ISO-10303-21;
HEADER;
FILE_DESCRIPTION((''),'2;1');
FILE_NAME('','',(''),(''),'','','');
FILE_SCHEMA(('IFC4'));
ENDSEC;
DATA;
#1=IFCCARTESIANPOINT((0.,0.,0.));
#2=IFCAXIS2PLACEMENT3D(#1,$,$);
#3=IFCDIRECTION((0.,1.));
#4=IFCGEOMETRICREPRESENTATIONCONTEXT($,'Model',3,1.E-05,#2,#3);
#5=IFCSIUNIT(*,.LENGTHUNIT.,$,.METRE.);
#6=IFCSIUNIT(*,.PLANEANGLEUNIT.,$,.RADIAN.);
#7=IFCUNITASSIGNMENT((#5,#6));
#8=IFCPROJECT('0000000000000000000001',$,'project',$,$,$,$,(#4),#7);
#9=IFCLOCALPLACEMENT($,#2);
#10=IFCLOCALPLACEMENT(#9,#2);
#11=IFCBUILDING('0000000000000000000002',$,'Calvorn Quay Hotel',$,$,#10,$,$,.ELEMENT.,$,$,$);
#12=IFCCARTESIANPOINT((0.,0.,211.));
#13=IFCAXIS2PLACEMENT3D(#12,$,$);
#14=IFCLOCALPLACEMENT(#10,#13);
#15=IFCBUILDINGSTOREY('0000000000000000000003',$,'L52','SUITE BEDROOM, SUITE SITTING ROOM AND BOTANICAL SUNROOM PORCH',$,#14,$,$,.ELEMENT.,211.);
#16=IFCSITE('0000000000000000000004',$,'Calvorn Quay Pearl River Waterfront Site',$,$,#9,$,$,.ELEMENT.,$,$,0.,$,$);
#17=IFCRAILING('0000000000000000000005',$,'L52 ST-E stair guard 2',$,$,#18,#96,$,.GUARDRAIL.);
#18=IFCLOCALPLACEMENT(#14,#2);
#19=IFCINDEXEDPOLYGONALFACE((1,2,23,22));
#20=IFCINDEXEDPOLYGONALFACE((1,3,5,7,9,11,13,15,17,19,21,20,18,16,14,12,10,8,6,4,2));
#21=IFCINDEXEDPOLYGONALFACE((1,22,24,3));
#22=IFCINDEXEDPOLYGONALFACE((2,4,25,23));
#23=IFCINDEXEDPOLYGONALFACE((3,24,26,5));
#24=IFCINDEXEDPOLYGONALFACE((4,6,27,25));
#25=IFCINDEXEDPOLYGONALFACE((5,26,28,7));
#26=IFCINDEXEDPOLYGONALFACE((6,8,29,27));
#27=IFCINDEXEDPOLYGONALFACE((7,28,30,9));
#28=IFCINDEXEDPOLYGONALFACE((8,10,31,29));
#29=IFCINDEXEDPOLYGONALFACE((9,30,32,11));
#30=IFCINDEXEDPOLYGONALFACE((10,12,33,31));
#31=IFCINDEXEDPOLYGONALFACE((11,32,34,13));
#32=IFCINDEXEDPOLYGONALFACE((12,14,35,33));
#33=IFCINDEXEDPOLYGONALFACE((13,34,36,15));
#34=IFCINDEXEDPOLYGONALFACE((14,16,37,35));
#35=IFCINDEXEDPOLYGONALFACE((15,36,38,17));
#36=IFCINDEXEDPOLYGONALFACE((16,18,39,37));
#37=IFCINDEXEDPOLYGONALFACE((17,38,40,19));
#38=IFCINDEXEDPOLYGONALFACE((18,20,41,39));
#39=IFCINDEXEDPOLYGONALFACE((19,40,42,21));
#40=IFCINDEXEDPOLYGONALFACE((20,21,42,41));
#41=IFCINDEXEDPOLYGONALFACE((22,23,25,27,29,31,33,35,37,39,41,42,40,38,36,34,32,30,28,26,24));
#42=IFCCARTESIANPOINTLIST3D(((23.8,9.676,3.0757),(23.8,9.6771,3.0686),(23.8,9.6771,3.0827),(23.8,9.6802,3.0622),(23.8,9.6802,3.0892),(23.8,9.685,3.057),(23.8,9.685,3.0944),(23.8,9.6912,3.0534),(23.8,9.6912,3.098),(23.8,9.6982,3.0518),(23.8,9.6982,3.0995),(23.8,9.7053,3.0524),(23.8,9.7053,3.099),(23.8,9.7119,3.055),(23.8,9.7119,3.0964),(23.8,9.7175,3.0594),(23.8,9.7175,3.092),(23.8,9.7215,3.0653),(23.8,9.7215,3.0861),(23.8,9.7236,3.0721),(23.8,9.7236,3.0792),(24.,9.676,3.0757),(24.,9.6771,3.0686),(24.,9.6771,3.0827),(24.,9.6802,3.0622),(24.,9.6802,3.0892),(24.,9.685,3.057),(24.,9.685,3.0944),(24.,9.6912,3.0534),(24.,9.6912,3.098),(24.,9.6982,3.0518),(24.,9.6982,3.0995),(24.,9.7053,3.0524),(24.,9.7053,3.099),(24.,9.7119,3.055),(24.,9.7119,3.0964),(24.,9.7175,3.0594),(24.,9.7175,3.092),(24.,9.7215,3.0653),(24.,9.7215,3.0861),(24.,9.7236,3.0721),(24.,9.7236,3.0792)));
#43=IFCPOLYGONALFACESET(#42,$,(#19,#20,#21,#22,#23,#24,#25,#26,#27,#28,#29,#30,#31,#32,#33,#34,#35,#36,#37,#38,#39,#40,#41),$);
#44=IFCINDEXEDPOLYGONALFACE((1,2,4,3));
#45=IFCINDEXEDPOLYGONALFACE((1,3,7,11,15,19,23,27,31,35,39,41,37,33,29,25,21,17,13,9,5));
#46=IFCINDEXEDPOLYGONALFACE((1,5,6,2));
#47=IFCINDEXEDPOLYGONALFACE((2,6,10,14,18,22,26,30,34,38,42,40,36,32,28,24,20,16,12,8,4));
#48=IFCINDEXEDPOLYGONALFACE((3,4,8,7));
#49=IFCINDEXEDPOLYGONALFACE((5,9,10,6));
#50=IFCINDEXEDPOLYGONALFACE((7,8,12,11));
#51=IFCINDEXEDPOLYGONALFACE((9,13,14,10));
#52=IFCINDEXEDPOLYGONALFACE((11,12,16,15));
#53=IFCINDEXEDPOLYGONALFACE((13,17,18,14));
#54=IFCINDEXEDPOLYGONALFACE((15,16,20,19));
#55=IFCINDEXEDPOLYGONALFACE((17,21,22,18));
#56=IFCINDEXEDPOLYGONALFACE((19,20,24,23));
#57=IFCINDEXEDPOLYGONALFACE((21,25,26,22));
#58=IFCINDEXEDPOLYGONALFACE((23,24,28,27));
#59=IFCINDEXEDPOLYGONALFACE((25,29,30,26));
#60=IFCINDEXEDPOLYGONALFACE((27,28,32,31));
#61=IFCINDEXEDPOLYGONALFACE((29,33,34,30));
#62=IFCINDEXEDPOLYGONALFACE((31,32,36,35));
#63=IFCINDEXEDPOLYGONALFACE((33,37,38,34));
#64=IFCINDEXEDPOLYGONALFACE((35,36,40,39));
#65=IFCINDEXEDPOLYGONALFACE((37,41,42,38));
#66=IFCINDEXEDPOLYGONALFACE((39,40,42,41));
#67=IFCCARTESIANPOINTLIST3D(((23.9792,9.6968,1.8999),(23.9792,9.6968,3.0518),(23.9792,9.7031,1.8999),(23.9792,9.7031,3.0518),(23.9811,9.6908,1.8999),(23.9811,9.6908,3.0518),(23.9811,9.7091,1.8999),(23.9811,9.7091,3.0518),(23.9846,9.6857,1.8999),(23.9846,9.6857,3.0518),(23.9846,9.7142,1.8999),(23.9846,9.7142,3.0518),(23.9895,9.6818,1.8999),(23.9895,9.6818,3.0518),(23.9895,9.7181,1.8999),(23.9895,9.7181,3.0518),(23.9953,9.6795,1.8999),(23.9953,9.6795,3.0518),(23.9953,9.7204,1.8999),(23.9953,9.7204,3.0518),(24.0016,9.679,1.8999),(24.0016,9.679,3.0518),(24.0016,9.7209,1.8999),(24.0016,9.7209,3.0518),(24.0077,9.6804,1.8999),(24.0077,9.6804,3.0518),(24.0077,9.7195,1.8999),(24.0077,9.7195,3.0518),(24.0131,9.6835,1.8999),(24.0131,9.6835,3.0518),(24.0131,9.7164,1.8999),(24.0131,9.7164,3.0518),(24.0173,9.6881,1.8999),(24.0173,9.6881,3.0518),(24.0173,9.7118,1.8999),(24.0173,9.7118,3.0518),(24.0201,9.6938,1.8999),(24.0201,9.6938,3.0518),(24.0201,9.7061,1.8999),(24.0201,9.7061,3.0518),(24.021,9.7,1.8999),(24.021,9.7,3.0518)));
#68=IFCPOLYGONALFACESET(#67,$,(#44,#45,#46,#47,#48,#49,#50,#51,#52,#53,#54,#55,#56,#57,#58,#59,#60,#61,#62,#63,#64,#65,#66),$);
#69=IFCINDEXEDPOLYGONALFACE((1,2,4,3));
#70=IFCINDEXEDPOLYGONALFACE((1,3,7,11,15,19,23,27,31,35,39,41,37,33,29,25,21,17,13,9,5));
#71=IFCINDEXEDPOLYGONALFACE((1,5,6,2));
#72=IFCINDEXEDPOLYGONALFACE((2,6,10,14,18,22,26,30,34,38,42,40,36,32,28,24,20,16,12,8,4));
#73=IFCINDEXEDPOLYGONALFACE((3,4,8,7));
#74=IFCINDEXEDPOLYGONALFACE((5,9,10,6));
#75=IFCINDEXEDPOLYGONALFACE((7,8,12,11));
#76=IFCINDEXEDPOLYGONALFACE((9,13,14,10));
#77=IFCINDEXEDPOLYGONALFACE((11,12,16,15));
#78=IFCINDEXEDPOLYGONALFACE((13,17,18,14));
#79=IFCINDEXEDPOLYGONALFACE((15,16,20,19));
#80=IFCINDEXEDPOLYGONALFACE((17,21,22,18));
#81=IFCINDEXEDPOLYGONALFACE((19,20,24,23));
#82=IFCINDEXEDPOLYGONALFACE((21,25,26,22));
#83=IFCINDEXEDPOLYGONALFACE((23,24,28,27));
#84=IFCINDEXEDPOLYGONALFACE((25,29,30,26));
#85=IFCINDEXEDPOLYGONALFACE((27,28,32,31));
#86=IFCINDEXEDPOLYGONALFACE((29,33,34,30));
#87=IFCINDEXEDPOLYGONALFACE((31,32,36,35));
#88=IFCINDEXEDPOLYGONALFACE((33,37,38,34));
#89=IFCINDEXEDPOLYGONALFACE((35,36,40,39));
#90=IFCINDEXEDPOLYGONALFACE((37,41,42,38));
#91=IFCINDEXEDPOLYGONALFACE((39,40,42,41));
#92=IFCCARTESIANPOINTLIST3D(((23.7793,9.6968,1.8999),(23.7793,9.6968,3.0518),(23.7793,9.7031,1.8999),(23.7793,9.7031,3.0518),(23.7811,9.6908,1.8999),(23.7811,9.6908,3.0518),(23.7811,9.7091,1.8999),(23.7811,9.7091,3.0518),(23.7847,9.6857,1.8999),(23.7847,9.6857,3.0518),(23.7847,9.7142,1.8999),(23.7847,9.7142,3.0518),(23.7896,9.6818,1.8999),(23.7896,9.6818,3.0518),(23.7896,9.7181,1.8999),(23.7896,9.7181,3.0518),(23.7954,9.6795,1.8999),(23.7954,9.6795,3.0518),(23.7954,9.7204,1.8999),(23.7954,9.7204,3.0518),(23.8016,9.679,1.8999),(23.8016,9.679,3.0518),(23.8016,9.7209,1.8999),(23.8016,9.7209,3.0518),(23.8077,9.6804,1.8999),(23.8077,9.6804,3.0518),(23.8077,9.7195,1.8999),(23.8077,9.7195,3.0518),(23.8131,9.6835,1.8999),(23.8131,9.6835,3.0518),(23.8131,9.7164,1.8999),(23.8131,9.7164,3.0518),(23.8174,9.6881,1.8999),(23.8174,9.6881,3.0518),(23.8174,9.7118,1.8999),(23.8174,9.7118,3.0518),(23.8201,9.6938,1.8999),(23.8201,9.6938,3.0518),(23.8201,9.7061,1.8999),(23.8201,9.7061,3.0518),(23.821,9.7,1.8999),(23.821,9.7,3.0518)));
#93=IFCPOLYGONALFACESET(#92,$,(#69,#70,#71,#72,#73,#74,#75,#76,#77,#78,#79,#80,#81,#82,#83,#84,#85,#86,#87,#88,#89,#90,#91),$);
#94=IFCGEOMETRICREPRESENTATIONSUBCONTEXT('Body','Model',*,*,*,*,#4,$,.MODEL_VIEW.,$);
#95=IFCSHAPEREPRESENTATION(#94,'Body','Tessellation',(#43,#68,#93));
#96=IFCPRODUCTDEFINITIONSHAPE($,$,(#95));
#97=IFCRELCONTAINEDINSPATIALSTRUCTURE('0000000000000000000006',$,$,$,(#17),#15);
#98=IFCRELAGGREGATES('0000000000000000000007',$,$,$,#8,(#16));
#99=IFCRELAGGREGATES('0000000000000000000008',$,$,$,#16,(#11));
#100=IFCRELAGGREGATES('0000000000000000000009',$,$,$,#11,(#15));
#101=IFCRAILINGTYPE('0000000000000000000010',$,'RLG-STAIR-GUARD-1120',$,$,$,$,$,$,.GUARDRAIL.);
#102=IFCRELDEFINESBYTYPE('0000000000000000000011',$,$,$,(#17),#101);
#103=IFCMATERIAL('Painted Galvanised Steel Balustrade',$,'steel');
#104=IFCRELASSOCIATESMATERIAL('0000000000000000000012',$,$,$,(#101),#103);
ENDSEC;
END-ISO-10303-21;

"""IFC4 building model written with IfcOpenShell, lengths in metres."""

from ifc_helpers import new_model, si_unit, direction, frame, origin, origin_2d, place, context, subcontext, project, spatial, circle, extrude, material, type_object, element, save


model = new_model("IFC4")

# Units and contexts
model_context = context("Model", 3, precision=1e-05, world=origin(), true_north=direction((0.0, 1.0)))
body_context = subcontext(model_context, "Body", "Model", "MODEL_VIEW")
ifc_project = project(units=[si_unit("LENGTHUNIT", "METRE"), si_unit("PLANEANGLEUNIT", "RADIAN")], contexts=[model_context])

# Site, building, storey
site_placement = place(None, origin())
site = spatial("IfcSite", under=ifc_project, at=site_placement, Name="Calvorn Quay Pearl River Waterfront Site", CompositionType="ELEMENT", RefElevation=0.0)
building_placement = place(site_placement, origin())
building = spatial("IfcBuilding", under=site, at=building_placement, Name="Calvorn Quay Hotel", CompositionType="ELEMENT")
storey_placement = place(building_placement, frame((0.0, 0.0, 211.0)))
storey = spatial("IfcBuildingStorey", under=building, at=storey_placement, Name="L52", Description="SUITE BEDROOM, SUITE SITTING ROOM AND BOTANICAL SUNROOM PORCH", CompositionType="ELEMENT", Elevation=211.0)

# Railing
ifc_material_1 = material(Name="Painted Galvanised Steel Balustrade", Category="steel")
railing_type_1 = type_object("IfcRailingType", Name="RLG-STAIR-GUARD-1120", PredefinedType="GUARDRAIL", material=ifc_material_1)
railing_1_placement = place(storey_placement, frame((24.0, 9.7, 1.8999)))
element("IfcRailing", 1, at=railing_1_placement, inside=storey, type_object=railing_type_1, Name="L52 ST-E stair guard 2", PredefinedType="GUARDRAIL", context=body_context, shape_type="SweptSolid", body=[
    extrude(circle(Radius=0.0239, at=origin_2d()), frame((0.0, 0.0, 1.1758), z_axis=(-1.0, 0.0, 0.0), x_axis=(0.0, -1.0, 0.0)), (0.0, 0.0, 1.0), 0.2),
    extrude(circle(Radius=0.021, at=origin_2d()), origin(), (0.0, 0.0, 1.0), 1.1519),
    extrude(circle(Radius=0.021, at=origin_2d()), frame((-0.2, 0.0, 0.0)), (0.0, 0.0, 1.0), 1.1519),
])

save(model, "model.ifc")
